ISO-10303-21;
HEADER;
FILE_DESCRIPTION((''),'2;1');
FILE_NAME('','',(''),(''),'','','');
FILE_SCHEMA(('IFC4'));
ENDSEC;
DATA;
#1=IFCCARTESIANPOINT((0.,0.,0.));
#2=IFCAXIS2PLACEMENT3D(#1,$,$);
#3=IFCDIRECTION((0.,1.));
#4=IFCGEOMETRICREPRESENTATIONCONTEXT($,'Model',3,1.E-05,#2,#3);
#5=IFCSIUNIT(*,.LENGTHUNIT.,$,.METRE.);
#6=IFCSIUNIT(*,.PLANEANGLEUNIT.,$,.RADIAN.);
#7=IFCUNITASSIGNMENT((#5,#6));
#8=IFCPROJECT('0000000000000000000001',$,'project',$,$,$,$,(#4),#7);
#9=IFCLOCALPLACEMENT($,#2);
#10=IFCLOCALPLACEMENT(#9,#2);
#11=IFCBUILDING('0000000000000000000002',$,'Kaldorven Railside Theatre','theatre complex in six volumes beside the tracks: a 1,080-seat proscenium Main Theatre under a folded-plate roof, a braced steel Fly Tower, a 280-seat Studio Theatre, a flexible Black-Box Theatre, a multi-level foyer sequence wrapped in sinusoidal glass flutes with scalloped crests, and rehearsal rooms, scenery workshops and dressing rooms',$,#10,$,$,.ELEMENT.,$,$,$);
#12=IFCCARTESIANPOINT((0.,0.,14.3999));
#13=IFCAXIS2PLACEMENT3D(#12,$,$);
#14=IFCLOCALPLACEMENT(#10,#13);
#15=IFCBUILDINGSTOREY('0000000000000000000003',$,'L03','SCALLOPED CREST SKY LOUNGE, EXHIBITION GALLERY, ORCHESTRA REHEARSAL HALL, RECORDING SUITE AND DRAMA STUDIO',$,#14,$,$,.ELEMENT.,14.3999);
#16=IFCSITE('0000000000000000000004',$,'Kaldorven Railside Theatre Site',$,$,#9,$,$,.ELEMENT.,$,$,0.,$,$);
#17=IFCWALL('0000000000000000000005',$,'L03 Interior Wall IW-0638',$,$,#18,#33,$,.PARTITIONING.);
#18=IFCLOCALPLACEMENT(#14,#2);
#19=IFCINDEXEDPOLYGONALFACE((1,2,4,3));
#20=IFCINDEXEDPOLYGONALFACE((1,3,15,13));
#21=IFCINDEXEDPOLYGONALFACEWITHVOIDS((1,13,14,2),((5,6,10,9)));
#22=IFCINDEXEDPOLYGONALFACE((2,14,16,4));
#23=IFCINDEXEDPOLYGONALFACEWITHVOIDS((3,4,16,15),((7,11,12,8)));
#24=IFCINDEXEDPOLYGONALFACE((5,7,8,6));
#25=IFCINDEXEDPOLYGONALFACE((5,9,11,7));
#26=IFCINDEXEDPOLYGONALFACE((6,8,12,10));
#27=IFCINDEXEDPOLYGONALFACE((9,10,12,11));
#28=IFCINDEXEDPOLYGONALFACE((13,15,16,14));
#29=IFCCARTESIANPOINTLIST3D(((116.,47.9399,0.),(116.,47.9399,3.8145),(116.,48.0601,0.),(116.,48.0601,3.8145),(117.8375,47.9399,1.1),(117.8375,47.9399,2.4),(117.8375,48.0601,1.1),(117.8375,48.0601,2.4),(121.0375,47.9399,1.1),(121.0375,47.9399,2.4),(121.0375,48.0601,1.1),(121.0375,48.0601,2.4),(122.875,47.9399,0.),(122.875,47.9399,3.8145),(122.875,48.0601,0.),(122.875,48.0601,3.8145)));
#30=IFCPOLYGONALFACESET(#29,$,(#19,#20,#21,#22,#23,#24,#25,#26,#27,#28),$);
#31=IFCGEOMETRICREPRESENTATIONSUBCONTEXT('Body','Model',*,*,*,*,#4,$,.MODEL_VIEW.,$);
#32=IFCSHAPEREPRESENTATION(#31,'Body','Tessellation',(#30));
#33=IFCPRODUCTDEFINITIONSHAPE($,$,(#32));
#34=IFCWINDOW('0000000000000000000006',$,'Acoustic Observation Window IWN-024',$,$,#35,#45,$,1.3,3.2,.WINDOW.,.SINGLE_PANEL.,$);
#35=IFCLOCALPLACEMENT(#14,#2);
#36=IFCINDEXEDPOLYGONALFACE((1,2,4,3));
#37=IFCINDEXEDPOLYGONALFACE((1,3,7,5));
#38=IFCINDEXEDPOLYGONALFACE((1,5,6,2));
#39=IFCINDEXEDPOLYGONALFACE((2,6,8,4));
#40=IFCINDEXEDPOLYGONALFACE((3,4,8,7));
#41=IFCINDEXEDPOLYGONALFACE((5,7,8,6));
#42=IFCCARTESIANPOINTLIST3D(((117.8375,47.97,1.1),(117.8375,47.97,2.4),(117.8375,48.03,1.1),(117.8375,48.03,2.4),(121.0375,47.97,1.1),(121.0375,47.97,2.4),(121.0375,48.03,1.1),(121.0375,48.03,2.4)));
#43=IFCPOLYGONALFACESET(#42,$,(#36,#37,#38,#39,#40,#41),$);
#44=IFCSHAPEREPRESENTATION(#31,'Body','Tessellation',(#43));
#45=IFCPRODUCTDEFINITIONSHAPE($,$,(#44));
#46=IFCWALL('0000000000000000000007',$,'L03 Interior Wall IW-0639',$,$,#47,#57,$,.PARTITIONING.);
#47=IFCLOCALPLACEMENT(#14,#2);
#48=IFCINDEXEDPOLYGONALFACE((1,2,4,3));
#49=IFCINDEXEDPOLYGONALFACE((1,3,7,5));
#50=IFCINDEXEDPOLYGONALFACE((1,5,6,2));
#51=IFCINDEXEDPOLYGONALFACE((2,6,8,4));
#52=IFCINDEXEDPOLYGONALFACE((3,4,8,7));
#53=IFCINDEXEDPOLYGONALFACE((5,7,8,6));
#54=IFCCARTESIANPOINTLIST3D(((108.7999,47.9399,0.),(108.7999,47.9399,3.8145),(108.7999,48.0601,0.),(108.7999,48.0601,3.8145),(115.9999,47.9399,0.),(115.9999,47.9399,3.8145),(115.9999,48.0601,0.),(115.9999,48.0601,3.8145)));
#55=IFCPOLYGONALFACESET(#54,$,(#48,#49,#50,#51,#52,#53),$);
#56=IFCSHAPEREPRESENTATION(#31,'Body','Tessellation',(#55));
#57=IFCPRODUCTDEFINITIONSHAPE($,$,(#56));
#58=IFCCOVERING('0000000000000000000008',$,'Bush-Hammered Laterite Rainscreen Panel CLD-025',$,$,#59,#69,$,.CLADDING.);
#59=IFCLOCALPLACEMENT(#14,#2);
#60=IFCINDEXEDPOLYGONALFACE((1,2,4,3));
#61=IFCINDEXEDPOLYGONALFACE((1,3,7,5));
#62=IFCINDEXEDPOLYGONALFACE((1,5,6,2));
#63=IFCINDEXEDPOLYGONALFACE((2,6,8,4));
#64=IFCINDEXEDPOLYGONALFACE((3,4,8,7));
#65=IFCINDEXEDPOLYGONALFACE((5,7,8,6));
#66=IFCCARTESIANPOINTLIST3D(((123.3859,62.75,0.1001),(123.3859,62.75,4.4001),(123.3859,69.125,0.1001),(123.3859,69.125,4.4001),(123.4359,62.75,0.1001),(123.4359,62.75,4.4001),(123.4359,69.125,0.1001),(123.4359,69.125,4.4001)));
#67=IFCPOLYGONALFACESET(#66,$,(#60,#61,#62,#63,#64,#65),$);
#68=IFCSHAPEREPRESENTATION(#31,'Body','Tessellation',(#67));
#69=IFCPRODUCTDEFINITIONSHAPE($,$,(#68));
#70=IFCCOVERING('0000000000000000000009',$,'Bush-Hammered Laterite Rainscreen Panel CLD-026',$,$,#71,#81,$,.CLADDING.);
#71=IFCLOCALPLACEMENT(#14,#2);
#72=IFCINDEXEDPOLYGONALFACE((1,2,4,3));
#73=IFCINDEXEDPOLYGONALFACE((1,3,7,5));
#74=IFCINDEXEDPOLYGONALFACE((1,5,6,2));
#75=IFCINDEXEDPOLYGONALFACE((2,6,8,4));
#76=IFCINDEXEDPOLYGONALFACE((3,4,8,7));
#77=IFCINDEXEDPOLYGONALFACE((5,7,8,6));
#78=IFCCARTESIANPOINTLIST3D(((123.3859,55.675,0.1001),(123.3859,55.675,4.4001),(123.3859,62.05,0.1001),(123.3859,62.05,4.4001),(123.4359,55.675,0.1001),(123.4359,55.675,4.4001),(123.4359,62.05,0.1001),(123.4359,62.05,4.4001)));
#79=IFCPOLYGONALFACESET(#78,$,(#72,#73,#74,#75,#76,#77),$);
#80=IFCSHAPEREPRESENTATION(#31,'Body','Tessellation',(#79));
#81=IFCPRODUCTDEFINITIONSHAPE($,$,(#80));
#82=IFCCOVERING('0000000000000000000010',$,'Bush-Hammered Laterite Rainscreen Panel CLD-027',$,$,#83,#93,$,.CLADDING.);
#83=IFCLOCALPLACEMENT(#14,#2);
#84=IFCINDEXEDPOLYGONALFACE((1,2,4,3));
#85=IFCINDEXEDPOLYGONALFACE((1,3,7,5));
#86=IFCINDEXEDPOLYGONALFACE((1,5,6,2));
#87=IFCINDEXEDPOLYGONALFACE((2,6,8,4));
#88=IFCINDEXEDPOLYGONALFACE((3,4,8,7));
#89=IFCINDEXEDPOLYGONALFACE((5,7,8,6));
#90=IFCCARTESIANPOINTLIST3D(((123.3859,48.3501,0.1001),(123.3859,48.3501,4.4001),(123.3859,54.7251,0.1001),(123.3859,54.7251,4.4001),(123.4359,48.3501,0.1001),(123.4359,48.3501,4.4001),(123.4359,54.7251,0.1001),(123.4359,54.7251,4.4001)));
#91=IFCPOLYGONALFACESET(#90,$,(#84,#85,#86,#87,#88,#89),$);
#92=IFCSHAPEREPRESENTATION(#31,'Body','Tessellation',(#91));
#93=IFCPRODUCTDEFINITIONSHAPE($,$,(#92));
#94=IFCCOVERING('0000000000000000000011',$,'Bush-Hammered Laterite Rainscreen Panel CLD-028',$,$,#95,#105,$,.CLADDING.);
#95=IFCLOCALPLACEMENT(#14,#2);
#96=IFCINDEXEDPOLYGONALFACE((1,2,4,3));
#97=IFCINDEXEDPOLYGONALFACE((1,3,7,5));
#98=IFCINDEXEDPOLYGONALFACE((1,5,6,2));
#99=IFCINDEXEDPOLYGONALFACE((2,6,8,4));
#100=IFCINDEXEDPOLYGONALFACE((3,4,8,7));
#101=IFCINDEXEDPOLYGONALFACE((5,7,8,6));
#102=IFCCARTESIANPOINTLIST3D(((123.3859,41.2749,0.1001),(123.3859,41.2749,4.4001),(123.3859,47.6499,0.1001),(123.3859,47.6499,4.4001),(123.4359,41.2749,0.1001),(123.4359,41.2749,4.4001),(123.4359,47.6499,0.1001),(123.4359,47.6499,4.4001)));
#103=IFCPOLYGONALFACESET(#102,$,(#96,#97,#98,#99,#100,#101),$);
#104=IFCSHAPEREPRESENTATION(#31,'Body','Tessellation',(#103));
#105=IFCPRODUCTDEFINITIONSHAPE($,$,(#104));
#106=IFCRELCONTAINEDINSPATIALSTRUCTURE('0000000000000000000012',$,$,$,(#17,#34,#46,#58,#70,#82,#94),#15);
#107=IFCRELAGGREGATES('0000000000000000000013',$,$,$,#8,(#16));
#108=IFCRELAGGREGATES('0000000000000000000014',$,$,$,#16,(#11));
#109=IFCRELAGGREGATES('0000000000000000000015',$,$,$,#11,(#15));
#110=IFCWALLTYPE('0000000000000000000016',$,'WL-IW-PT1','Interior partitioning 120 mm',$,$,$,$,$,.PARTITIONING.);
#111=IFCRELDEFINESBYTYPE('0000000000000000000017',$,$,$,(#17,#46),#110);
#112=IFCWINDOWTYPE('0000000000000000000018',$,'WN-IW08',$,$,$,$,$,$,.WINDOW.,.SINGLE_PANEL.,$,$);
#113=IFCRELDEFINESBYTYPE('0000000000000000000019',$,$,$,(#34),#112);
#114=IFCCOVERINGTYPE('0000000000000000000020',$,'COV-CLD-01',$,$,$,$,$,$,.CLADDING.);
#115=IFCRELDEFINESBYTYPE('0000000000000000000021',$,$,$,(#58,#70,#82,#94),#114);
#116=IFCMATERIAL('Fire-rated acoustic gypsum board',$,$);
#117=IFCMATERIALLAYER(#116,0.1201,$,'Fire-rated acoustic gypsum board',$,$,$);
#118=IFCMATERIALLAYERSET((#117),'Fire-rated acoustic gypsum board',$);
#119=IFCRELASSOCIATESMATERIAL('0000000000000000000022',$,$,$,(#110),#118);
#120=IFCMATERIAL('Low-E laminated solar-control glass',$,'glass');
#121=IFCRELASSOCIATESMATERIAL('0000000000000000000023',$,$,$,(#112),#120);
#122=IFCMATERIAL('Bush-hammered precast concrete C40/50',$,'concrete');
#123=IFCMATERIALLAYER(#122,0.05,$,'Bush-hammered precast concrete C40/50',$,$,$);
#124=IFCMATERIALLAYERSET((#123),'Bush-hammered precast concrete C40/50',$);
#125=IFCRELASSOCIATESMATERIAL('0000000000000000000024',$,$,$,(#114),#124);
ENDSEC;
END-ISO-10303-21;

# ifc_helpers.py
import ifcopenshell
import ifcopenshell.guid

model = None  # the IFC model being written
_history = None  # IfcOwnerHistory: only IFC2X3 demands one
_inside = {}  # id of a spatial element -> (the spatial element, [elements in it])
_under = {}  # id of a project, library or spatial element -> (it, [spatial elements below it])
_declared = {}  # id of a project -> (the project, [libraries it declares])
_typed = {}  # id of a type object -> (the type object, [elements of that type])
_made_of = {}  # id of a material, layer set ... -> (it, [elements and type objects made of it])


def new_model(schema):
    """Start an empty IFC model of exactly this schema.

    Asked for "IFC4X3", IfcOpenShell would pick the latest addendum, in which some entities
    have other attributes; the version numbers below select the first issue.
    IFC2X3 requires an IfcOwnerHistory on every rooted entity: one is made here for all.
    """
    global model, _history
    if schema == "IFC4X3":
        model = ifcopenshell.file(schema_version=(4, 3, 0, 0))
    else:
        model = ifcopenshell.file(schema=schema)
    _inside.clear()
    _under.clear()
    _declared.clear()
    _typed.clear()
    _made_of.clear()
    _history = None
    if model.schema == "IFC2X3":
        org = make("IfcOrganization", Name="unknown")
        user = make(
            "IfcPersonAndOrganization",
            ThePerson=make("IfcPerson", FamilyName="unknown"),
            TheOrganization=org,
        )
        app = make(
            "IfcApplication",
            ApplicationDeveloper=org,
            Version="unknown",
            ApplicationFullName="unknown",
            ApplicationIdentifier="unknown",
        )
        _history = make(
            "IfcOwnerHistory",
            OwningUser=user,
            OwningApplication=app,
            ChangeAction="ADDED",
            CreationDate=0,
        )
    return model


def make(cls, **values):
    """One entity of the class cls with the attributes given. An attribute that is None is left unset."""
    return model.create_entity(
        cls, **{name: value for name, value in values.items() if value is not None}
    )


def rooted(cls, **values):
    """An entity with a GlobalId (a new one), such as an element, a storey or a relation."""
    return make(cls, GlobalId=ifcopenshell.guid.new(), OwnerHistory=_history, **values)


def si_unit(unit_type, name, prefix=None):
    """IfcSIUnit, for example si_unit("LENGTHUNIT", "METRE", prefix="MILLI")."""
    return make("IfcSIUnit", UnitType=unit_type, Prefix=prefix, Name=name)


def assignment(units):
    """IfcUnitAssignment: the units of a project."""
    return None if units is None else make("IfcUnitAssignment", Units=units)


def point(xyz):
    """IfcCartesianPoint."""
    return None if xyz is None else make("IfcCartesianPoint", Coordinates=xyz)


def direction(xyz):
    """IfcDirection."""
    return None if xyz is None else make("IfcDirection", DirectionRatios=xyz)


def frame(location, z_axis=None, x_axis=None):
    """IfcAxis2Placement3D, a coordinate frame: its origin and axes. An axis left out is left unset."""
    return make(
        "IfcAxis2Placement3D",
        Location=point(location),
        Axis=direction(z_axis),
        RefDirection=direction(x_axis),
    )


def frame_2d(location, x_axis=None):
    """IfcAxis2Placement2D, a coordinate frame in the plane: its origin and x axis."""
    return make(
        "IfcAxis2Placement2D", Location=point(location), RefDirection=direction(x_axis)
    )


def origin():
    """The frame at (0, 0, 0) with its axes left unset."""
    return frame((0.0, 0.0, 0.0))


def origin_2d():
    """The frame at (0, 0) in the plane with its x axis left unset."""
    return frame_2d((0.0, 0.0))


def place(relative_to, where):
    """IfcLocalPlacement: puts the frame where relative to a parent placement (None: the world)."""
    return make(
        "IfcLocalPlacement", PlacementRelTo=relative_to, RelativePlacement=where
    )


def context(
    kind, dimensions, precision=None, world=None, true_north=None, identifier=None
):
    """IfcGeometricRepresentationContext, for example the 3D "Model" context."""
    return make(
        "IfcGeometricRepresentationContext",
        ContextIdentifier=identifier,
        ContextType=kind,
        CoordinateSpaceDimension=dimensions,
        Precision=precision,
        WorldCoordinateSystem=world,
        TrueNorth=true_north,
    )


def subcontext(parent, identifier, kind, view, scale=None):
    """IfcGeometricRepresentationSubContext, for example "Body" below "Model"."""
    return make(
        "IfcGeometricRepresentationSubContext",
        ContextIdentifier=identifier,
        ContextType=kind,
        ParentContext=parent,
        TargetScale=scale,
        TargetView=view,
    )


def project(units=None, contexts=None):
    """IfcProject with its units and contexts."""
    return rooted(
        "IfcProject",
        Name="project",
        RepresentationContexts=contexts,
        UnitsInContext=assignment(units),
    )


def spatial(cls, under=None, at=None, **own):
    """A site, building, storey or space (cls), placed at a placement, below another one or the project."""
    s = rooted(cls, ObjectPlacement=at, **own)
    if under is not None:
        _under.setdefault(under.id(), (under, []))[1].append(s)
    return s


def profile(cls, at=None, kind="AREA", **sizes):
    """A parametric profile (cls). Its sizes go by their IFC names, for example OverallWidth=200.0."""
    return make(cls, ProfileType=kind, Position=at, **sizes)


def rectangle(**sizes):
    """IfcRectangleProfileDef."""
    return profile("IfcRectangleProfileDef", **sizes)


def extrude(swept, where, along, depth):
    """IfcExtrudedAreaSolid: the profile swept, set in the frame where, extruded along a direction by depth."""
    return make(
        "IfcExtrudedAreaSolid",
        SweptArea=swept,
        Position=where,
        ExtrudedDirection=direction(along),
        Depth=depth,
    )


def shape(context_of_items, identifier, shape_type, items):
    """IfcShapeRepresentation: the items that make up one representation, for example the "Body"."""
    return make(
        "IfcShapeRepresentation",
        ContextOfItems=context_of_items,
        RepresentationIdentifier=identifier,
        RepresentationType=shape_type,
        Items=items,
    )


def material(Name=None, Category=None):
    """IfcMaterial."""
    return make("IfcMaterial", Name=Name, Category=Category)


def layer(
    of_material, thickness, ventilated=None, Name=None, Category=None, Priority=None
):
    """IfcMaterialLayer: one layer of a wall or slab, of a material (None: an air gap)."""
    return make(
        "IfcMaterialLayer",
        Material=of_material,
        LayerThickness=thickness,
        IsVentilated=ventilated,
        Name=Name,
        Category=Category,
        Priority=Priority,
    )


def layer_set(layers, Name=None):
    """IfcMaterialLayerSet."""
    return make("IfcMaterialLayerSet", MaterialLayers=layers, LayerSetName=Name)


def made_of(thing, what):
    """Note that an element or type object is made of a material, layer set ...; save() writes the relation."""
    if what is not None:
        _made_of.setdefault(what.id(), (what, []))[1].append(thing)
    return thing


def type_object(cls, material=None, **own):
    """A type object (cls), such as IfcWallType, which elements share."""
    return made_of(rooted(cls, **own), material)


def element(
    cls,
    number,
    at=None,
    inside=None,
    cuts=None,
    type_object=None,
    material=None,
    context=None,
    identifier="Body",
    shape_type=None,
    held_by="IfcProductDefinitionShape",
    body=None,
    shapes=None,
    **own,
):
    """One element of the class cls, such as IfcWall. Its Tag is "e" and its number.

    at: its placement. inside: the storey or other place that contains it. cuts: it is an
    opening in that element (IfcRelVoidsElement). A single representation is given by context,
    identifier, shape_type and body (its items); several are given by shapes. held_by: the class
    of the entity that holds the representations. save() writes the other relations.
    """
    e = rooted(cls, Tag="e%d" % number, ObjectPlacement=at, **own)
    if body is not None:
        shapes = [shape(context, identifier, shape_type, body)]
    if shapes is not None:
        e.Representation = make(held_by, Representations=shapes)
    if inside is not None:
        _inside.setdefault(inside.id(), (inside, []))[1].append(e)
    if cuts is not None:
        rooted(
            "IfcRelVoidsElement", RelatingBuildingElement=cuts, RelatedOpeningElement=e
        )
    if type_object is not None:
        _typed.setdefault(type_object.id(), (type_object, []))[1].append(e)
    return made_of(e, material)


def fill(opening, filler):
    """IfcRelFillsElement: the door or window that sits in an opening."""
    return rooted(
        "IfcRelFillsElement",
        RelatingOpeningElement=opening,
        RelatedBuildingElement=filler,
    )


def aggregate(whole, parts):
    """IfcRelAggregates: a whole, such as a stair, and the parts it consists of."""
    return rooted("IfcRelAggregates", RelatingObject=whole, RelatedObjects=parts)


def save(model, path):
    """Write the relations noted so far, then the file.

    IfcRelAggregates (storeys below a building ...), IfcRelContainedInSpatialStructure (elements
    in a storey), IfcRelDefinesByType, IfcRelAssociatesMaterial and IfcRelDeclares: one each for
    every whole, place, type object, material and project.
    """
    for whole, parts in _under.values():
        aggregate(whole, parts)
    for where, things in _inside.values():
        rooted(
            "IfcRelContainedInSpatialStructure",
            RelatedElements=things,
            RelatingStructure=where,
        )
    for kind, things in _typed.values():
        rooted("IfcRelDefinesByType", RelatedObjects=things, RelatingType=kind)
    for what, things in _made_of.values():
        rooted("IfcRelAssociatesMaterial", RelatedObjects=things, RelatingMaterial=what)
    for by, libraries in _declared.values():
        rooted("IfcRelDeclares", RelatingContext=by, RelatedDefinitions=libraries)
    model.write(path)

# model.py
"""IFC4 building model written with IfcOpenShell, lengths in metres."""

from ifc_helpers import new_model, si_unit, direction, frame, frame_2d, origin, origin_2d, place, context, subcontext, project, spatial, rectangle, extrude, material, layer, layer_set, type_object, element, fill, save


model = new_model("IFC4")

# Units and contexts
model_context = context("Model", 3, precision=1e-05, world=origin(), true_north=direction((0.0, 1.0)))
body_context = subcontext(model_context, "Body", "Model", "MODEL_VIEW")
ifc_project = project(units=[si_unit("LENGTHUNIT", "METRE"), si_unit("PLANEANGLEUNIT", "RADIAN")], contexts=[model_context])

# Site, building, storey
site_placement = place(None, origin())
site = spatial("IfcSite", under=ifc_project, at=site_placement, Name="Kaldorven Railside Theatre Site", CompositionType="ELEMENT", RefElevation=0.0)
building_placement = place(site_placement, origin())
building = spatial("IfcBuilding", under=site, at=building_placement, Name="Kaldorven Railside Theatre", Description="theatre complex in six volumes beside the tracks: a 1,080-seat proscenium Main Theatre under a folded-plate roof, a braced steel Fly Tower, a 280-seat Studio Theatre, a flexible Black-Box Theatre, a multi-level foyer sequence wrapped in sinusoidal glass flutes with scalloped crests, and rehearsal rooms, scenery workshops and dressing rooms", CompositionType="ELEMENT")
storey_placement = place(building_placement, frame((0.0, 0.0, 14.3999)))
storey = spatial("IfcBuildingStorey", under=building, at=storey_placement, Name="L03", Description="SCALLOPED CREST SKY LOUNGE, EXHIBITION GALLERY, ORCHESTRA REHEARSAL HALL, RECORDING SUITE AND DRAMA STUDIO", CompositionType="ELEMENT", Elevation=14.3999)

# Wall, opening, window
ifc_material_1 = material(Name="Fire-rated acoustic gypsum board")
ifc_layer_1 = layer(ifc_material_1, 0.1201, Name="Fire-rated acoustic gypsum board")
ifc_layer_set_1 = layer_set([ifc_layer_1], Name="Fire-rated acoustic gypsum board")
wall_type_1 = type_object("IfcWallType", Name="WL-IW-PT1", Description="Interior partitioning 120 mm", PredefinedType="PARTITIONING", material=ifc_layer_set_1)
wall_1_placement = place(storey_placement, frame((122.875, 48.0, 0.0), z_axis=(0.0, 0.0, 1.0), x_axis=(-1.0, 0.0, 0.0)))
wall_1 = element("IfcWall", 1, at=wall_1_placement, inside=storey, type_object=wall_type_1, Name="L03 Interior Wall IW-0638", PredefinedType="PARTITIONING", context=body_context, shape_type="SweptSolid", body=[
    extrude(rectangle(XDim=6.875, YDim=0.1201, at=frame_2d((3.4375, 0.0))), origin(), (0.0, 0.0, 1.0), 3.8145),
])
opening_placement = place(wall_1_placement, frame((1.8374, 0.0, 1.1001)))
opening = element("IfcOpeningElement", 2, at=opening_placement, cuts=wall_1, PredefinedType="OPENING", context=body_context, shape_type="SweptSolid", body=[
    extrude(rectangle(XDim=3.2, YDim=1.3, at=frame_2d((1.6001, 0.6499))), frame((0.0, 0.0701, 0.0), z_axis=(0.0, -1.0, 0.0), x_axis=(1.0, 0.0, 0.0)), (0.0, 0.0, 1.0), 0.1401),
])
ifc_material_2 = material(Name="Low-E laminated solar-control glass", Category="glass")
window_type = type_object("IfcWindowType", Name="WN-IW08", PartitioningType="SINGLE_PANEL", PredefinedType="WINDOW", material=ifc_material_2)
window_placement = place(opening_placement, origin())
window = element("IfcWindow", 3, at=window_placement, inside=storey, type_object=window_type, Name="Acoustic Observation Window IWN-024", OverallHeight=1.3, OverallWidth=3.2, PartitioningType="SINGLE_PANEL", PredefinedType="WINDOW", context=body_context, shape_type="SweptSolid", body=[
    extrude(rectangle(XDim=3.2, YDim=1.3, at=frame_2d((1.6001, 0.6499))), frame((0.0, 0.03, 0.0), z_axis=(0.0, -1.0, 0.0), x_axis=(1.0, 0.0, 0.0)), (0.0, 0.0, 1.0), 0.0601),
])
fill(opening, window)

# Wall
wall_2_placement = place(storey_placement, frame((116.0, 48.0, 0.0), z_axis=(0.0, 0.0, 1.0), x_axis=(-1.0, 0.0, 0.0)))
element("IfcWall", 4, at=wall_2_placement, inside=storey, type_object=wall_type_1, Name="L03 Interior Wall IW-0639", PredefinedType="PARTITIONING", context=body_context, shape_type="SweptSolid", body=[
    extrude(rectangle(XDim=7.2, YDim=0.1201, at=frame_2d((3.6001, 0.0))), origin(), (0.0, 0.0, 1.0), 3.8145),
])

# Coverings
ifc_material_3 = material(Name="Bush-hammered precast concrete C40/50", Category="concrete")
ifc_layer_2 = layer(ifc_material_3, 0.05, Name="Bush-hammered precast concrete C40/50")
ifc_layer_set_2 = layer_set([ifc_layer_2], Name="Bush-hammered precast concrete C40/50")
covering_type = type_object("IfcCoveringType", Name="COV-CLD-01", PredefinedType="CLADDING", material=ifc_layer_set_2)
for number, where, z_axis, x_axis, name in (
    (5, (123.4109, 65.9375, 0.1001), (0.0, 0.0, 1.0), (0.0, -1.0, 0.0), "Bush-Hammered Laterite Rainscreen Panel CLD-025"),
    (6, (123.4109, 58.8625, 0.1001), (0.0, 0.0, 1.0), (0.0, -1.0, 0.0), "Bush-Hammered Laterite Rainscreen Panel CLD-026"),
    (7, (123.4109, 51.5376, 0.1001), (0.0, 0.0, 1.0), (0.0, -1.0, 0.0), "Bush-Hammered Laterite Rainscreen Panel CLD-027"),
    (8, (123.4109, 44.4624, 0.1001), (0.0, 0.0, 1.0), (0.0, -1.0, 0.0), "Bush-Hammered Laterite Rainscreen Panel CLD-028"),
):
    element("IfcCovering", number, at=place(storey_placement, frame(where, z_axis=z_axis, x_axis=x_axis)), inside=storey, type_object=covering_type, Name=name, PredefinedType="CLADDING", context=body_context, shape_type="SweptSolid", body=[
        extrude(rectangle(XDim=6.375, YDim=0.05, at=origin_2d()), origin(), (0.0, 0.0, 1.0), 4.3),
    ])

save(model, "model.ifc")
